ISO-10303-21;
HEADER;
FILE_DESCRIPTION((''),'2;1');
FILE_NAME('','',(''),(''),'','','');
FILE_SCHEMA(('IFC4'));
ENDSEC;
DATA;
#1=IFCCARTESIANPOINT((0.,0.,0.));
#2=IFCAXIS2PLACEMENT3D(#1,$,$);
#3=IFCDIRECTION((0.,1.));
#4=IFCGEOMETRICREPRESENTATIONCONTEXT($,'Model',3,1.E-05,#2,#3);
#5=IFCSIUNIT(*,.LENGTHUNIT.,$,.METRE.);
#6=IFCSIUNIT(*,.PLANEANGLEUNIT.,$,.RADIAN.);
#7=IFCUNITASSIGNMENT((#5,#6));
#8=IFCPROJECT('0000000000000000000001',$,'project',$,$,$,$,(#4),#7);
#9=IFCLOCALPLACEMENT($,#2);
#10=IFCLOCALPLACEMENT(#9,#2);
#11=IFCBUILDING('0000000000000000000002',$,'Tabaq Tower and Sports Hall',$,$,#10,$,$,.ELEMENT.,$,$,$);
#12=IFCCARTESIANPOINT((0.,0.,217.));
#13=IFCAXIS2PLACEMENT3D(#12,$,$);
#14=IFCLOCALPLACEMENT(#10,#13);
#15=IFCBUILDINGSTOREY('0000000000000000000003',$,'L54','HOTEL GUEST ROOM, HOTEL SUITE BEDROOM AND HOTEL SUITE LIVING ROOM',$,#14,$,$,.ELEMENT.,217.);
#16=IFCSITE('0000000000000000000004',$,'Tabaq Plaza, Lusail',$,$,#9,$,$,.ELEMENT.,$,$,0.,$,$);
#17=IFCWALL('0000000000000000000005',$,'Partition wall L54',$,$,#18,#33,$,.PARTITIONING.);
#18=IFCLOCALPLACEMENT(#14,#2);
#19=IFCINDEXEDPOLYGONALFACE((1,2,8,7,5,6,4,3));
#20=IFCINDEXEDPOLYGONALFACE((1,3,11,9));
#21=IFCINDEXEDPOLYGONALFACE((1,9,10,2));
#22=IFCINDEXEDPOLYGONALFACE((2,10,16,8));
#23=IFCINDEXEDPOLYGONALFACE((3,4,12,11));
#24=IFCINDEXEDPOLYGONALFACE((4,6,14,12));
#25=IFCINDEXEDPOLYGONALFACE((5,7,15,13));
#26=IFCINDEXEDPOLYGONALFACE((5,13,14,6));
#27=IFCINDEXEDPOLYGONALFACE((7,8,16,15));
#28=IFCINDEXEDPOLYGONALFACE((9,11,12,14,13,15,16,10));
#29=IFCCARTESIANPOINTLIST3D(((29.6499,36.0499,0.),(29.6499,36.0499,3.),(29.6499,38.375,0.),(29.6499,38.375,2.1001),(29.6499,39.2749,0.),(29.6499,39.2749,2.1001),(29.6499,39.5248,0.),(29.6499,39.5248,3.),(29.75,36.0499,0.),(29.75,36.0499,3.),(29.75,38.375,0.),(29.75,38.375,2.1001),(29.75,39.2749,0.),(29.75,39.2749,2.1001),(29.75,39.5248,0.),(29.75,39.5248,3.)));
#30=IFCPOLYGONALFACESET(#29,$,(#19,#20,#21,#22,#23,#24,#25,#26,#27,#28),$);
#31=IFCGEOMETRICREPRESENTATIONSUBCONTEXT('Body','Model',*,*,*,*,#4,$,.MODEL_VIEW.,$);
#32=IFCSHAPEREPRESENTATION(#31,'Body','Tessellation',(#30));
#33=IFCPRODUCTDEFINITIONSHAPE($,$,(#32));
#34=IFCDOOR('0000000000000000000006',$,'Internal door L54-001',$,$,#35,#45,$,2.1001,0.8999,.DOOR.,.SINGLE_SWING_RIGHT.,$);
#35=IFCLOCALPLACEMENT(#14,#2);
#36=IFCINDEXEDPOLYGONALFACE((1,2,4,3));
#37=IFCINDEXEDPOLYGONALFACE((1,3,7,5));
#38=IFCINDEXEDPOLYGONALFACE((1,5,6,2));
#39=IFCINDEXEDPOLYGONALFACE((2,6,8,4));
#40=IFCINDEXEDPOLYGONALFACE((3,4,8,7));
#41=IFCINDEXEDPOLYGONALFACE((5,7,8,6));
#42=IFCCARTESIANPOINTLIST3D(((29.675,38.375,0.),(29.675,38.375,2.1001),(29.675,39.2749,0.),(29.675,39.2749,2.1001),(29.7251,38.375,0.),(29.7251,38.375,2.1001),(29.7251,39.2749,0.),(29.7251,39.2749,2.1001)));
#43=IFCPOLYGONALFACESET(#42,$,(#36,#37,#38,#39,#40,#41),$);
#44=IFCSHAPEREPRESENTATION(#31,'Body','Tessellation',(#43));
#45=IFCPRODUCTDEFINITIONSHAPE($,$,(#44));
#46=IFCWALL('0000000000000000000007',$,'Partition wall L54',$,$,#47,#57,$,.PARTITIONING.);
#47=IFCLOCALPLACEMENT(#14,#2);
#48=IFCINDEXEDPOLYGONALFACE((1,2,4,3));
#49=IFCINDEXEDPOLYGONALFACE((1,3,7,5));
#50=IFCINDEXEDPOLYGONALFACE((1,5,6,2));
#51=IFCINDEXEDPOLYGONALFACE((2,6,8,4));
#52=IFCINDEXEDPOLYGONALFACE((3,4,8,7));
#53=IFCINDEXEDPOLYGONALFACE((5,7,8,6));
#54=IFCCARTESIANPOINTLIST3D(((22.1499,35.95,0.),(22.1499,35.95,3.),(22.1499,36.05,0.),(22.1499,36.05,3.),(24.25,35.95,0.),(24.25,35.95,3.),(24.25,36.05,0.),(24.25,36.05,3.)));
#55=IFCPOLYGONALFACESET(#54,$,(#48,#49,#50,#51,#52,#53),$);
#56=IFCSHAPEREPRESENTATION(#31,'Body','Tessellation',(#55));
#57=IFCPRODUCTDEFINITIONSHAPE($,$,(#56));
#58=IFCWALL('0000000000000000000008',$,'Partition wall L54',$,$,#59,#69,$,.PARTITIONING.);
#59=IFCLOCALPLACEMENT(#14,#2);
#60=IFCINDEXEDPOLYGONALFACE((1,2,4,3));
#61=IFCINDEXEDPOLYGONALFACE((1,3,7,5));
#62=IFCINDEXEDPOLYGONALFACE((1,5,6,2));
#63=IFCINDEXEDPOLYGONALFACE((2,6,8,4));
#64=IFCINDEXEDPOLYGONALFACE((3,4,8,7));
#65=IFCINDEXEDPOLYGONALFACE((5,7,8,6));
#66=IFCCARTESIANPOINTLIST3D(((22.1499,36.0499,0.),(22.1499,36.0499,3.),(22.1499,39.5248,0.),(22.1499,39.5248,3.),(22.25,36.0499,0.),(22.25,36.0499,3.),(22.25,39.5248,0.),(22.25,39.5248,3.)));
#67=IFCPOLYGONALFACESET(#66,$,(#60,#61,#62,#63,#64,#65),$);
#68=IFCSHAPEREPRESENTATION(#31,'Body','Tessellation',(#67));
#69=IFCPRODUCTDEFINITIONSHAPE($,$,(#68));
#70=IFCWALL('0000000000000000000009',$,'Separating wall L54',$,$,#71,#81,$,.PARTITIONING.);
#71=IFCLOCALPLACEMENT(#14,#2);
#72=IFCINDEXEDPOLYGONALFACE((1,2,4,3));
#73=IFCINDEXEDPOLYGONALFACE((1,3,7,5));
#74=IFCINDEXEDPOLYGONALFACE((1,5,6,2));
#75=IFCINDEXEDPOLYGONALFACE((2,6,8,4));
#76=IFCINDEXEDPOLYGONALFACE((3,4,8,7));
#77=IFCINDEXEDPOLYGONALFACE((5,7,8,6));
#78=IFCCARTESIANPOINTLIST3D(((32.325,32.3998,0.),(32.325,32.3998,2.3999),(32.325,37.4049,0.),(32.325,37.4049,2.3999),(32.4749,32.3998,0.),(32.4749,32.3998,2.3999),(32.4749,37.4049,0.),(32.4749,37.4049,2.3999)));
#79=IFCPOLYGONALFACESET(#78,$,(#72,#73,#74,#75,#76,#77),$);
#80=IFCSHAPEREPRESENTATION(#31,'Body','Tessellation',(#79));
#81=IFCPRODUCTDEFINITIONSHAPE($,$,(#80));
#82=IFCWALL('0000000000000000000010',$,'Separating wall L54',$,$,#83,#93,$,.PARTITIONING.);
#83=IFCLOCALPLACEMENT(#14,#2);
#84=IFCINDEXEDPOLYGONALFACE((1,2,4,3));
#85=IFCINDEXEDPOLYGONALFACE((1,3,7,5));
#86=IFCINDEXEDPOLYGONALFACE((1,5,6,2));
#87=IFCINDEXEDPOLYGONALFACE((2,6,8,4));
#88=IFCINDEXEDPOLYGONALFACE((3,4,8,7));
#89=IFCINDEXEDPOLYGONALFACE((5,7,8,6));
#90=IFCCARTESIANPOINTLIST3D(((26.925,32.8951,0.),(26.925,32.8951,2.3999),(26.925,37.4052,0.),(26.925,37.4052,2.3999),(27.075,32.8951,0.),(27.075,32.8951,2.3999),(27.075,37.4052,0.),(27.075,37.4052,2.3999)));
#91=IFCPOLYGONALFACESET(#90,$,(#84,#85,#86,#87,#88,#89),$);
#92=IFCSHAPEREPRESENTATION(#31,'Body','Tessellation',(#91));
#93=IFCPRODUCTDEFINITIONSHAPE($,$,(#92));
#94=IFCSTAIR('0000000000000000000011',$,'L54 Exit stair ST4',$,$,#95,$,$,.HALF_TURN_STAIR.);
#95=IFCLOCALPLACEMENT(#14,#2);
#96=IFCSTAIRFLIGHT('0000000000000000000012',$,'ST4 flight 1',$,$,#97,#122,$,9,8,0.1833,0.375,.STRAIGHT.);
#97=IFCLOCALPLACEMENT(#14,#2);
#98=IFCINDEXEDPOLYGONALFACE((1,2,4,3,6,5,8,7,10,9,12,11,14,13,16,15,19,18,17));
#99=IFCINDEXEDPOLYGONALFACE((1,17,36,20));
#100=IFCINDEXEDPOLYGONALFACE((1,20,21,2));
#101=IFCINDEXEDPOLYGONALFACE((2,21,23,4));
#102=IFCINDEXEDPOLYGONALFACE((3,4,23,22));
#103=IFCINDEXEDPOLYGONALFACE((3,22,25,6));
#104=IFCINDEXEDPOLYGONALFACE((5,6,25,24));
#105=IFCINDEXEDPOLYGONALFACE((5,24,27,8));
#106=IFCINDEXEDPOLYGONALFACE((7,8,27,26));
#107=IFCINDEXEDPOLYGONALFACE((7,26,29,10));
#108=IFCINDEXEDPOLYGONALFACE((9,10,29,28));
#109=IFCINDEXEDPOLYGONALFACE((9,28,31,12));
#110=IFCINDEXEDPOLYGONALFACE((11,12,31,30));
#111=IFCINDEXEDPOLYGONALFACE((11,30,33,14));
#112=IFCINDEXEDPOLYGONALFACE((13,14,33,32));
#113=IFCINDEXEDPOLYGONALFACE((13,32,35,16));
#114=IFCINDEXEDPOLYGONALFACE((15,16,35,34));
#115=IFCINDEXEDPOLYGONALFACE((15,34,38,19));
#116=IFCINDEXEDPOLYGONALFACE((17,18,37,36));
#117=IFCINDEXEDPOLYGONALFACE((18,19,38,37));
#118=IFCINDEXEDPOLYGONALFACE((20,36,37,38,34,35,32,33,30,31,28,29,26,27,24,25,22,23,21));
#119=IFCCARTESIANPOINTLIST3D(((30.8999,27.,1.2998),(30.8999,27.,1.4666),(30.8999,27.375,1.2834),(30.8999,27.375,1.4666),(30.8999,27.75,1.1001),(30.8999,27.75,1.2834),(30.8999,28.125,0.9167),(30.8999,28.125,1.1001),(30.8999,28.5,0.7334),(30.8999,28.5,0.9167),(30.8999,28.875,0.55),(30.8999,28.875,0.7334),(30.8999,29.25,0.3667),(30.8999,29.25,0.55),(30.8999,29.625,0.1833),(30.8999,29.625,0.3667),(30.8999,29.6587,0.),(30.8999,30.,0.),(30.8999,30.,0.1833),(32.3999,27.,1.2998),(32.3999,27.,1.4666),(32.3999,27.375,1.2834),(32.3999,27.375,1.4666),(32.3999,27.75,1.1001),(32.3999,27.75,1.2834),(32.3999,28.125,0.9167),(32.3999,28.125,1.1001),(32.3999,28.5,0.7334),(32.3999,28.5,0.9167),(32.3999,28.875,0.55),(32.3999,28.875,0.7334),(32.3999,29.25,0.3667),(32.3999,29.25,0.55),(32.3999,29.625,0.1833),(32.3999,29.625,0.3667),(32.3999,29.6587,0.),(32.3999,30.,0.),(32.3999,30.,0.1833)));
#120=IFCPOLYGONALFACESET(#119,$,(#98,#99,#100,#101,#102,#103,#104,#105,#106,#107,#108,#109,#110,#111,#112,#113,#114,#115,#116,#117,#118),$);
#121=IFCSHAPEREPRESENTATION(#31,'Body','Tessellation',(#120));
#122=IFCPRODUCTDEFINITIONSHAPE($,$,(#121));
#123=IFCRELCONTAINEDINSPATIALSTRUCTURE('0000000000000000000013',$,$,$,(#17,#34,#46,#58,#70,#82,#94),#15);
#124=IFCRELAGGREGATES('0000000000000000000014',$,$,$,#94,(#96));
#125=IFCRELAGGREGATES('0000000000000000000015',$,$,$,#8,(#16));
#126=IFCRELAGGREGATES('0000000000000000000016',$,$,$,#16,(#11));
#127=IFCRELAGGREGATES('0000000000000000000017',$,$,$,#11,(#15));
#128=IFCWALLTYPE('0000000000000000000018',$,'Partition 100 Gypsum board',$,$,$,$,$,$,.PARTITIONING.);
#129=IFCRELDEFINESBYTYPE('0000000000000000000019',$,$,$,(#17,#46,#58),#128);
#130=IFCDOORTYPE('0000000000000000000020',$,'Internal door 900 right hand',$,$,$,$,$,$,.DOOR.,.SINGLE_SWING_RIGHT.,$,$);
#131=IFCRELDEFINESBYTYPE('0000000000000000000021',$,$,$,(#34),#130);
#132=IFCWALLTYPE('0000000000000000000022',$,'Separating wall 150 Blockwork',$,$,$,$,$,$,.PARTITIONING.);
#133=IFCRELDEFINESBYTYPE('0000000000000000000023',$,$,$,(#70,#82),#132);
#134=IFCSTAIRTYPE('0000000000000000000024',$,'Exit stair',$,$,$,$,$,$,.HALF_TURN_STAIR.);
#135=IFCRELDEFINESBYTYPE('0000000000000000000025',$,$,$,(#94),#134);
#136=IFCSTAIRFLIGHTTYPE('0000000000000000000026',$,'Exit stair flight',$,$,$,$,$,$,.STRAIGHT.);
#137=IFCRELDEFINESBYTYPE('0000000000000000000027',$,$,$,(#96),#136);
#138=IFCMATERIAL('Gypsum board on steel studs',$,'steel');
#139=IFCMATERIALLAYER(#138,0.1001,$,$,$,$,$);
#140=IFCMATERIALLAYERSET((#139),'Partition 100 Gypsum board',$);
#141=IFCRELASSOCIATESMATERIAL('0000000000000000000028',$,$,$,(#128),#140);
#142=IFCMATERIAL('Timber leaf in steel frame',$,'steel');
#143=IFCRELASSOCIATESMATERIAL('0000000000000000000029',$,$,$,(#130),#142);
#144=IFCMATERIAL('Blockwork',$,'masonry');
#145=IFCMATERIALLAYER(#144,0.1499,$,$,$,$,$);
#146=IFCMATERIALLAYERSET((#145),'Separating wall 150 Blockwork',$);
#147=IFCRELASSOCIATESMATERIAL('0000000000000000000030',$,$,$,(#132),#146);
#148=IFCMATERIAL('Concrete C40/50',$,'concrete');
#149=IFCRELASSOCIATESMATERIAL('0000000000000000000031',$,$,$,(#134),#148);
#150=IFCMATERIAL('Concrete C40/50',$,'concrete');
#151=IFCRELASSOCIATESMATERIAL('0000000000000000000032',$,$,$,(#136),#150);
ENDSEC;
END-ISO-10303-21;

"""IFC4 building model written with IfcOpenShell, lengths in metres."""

from ifc_helpers import new_model, si_unit, direction, frame, frame_2d, origin, place, context, subcontext, project, spatial, polyline, rectangle, outline, extrude, material, layer, layer_set, type_object, element, fill, aggregate, save


model = new_model("IFC4")

# Units and contexts
model_context = context("Model", 3, precision=1e-05, world=origin(), true_north=direction((0.0, 1.0)))
body_context = subcontext(model_context, "Body", "Model", "MODEL_VIEW")
ifc_project = project(units=[si_unit("LENGTHUNIT", "METRE"), si_unit("PLANEANGLEUNIT", "RADIAN")], contexts=[model_context])

# Site, building, storey
site_placement = place(None, origin())
site = spatial("IfcSite", under=ifc_project, at=site_placement, Name="Tabaq Plaza, Lusail", CompositionType="ELEMENT", RefElevation=0.0)
building_placement = place(site_placement, origin())
building = spatial("IfcBuilding", under=site, at=building_placement, Name="Tabaq Tower and Sports Hall", CompositionType="ELEMENT")
storey_placement = place(building_placement, frame((0.0, 0.0, 217.0)))
storey = spatial("IfcBuildingStorey", under=building, at=storey_placement, Name="L54", Description="HOTEL GUEST ROOM, HOTEL SUITE BEDROOM AND HOTEL SUITE LIVING ROOM", CompositionType="ELEMENT", Elevation=217.0)

# Shared definitions
ifc_material_1 = material(Name="Gypsum board on steel studs", Category="steel")
ifc_layer_1 = layer(ifc_material_1, 0.1001)
ifc_layer_set_1 = layer_set([ifc_layer_1], Name="Partition 100 Gypsum board")
wall_type_1 = type_object("IfcWallType", Name="Partition 100 Gypsum board", PredefinedType="PARTITIONING", material=ifc_layer_set_1)

# Wall, opening, door
wall_1_placement = place(storey_placement, frame((29.7, 36.05, 0.0), z_axis=(0.0, 0.0, 1.0), x_axis=(0.0, 1.0, 0.0)))
wall_1 = element("IfcWall", 1, at=wall_1_placement, inside=storey, type_object=wall_type_1, Name="Partition wall L54", PredefinedType="PARTITIONING", context=body_context, shape_type="SweptSolid", body=[
    extrude(rectangle(XDim=3.4749, YDim=0.1001, at=frame_2d((1.7373, 0.0))), origin(), (0.0, 0.0, 1.0), 3.0),
])
opening_1_placement = place(wall_1_placement, frame((2.325, 0.0, 0.0)))
opening_1 = element("IfcOpeningElement", 2, at=opening_1_placement, cuts=wall_1, PredefinedType="OPENING", context=body_context, shape_type="SweptSolid", body=[
    extrude(rectangle(XDim=0.8999, YDim=2.1001, at=frame_2d((0.45, 1.05))), frame((0.0, 0.05, 0.0), z_axis=(0.0, -1.0, 0.0), x_axis=(1.0, 0.0, 0.0)), (0.0, 0.0, 1.0), 0.1001),
])
ifc_material_2 = material(Name="Timber leaf in steel frame", Category="steel")
door_type_1 = type_object("IfcDoorType", Name="Internal door 900 right hand", OperationType="SINGLE_SWING_RIGHT", PredefinedType="DOOR", material=ifc_material_2)
door_1_placement = place(opening_1_placement, origin())
door_1 = element("IfcDoor", 3, at=door_1_placement, inside=storey, type_object=door_type_1, Name="Internal door L54-001", OperationType="SINGLE_SWING_RIGHT", OverallHeight=2.1001, OverallWidth=0.8999, PredefinedType="DOOR", context=body_context, shape_type="SweptSolid", body=[
    extrude(rectangle(XDim=0.8999, YDim=2.1001, at=frame_2d((0.45, 1.05))), frame((0.0, 0.0249, 0.0), z_axis=(0.0, -1.0, 0.0), x_axis=(1.0, 0.0, 0.0)), (0.0, 0.0, 1.0), 0.05),
])
fill(opening_1, door_1)

# Walls
wall_2_placement = place(storey_placement, frame((24.25, 36.0, 0.0), z_axis=(0.0, 0.0, 1.0), x_axis=(-1.0, 0.0, 0.0)))
element("IfcWall", 4, at=wall_2_placement, inside=storey, type_object=wall_type_1, Name="Partition wall L54", PredefinedType="PARTITIONING", context=body_context, shape_type="SweptSolid", body=[
    extrude(rectangle(XDim=2.1001, YDim=0.1001, at=frame_2d((1.05, 0.0))), origin(), (0.0, 0.0, 1.0), 3.0),
])
wall_3_placement = place(storey_placement, frame((22.2, 36.05, 0.0), z_axis=(0.0, 0.0, 1.0), x_axis=(0.0, 1.0, 0.0)))
element("IfcWall", 5, at=wall_3_placement, inside=storey, type_object=wall_type_1, Name="Partition wall L54", PredefinedType="PARTITIONING", context=body_context, shape_type="SweptSolid", body=[
    extrude(rectangle(XDim=3.4749, YDim=0.1001, at=frame_2d((1.7373, 0.0))), origin(), (0.0, 0.0, 1.0), 3.0),
])
ifc_material_3 = material(Name="Blockwork", Category="masonry")
ifc_layer_2 = layer(ifc_material_3, 0.1499)
ifc_layer_set_2 = layer_set([ifc_layer_2], Name="Separating wall 150 Blockwork")
wall_type_2 = type_object("IfcWallType", Name="Separating wall 150 Blockwork", PredefinedType="PARTITIONING", material=ifc_layer_set_2)
wall_4_placement = place(storey_placement, frame((32.3999, 32.3999, 0.0), z_axis=(0.0, 0.0, 1.0), x_axis=(0.0, 1.0, 0.0)))
element("IfcWall", 6, at=wall_4_placement, inside=storey, type_object=wall_type_2, Name="Separating wall L54", PredefinedType="PARTITIONING", context=body_context, shape_type="SweptSolid", body=[
    extrude(rectangle(XDim=5.0051, YDim=0.1499, at=frame_2d((2.5024, 0.0))), origin(), (0.0, 0.0, 1.0), 2.3999),
])
wall_5_placement = place(storey_placement, frame((27.0, 37.405, 0.0), z_axis=(0.0, 0.0, 1.0), x_axis=(0.0, -1.0, 0.0)))
element("IfcWall", 7, at=wall_5_placement, inside=storey, type_object=wall_type_2, Name="Separating wall L54", PredefinedType="PARTITIONING", context=body_context, shape_type="SweptSolid", body=[
    extrude(rectangle(XDim=4.51, YDim=0.1499, at=frame_2d((2.2549, 0.0))), origin(), (0.0, 0.0, 1.0), 2.3999),
])

# Stair, stair flight
ifc_material_4 = material(Name="Concrete C40/50", Category="concrete")
stair_type = type_object("IfcStairType", Name="Exit stair", PredefinedType="HALF_TURN_STAIR", material=ifc_material_4)
stair_placement = place(storey_placement, origin())
stair = element("IfcStair", 8, at=stair_placement, inside=storey, type_object=stair_type, Name="L54 Exit stair ST4", PredefinedType="HALF_TURN_STAIR")
ifc_material_5 = material(Name="Concrete C40/50", Category="concrete")
stair_flight_type = type_object("IfcStairFlightType", Name="Exit stair flight", PredefinedType="STRAIGHT", material=ifc_material_5)
stair_flight_placement = place(storey_placement, frame((31.6499, 30.0, 0.0), z_axis=(0.0, 0.0, 1.0), x_axis=(0.0, -1.0, 0.0)))
stair_flight = element("IfcStairFlight", 9, at=stair_flight_placement, type_object=stair_flight_type, Name="ST4 flight 1", NumberOfRisers=9, NumberOfTreads=8, PredefinedType="STRAIGHT", RiserHeight=0.1833, TreadLength=0.375, context=body_context, shape_type="SweptSolid", body=[
    extrude(outline(polyline([(0.0, 0.0), (0.0, 0.1833), (0.375, 0.1833), (0.375, 0.3667), (0.75, 0.3667), (0.75, 0.55), (1.125, 0.55), (1.125, 0.7334), (1.5, 0.7334), (1.5, 0.9167), (1.875, 0.9167), (1.875, 1.1001), (2.25, 1.1001), (2.25, 1.2834), (2.625, 1.2834), (2.625, 1.4666), (3.0, 1.4666), (3.0, 1.6499), (3.0, 1.2998), (0.3413, 0.0), (0.0, 0.0)])), frame((0.0, 0.75, 0.0), z_axis=(0.0, -1.0, 0.0), x_axis=(1.0, 0.0, 0.0)), (0.0, 0.0, 1.0), 1.5),
])
aggregate(stair, [stair_flight])

save(model, "model.ifc")
